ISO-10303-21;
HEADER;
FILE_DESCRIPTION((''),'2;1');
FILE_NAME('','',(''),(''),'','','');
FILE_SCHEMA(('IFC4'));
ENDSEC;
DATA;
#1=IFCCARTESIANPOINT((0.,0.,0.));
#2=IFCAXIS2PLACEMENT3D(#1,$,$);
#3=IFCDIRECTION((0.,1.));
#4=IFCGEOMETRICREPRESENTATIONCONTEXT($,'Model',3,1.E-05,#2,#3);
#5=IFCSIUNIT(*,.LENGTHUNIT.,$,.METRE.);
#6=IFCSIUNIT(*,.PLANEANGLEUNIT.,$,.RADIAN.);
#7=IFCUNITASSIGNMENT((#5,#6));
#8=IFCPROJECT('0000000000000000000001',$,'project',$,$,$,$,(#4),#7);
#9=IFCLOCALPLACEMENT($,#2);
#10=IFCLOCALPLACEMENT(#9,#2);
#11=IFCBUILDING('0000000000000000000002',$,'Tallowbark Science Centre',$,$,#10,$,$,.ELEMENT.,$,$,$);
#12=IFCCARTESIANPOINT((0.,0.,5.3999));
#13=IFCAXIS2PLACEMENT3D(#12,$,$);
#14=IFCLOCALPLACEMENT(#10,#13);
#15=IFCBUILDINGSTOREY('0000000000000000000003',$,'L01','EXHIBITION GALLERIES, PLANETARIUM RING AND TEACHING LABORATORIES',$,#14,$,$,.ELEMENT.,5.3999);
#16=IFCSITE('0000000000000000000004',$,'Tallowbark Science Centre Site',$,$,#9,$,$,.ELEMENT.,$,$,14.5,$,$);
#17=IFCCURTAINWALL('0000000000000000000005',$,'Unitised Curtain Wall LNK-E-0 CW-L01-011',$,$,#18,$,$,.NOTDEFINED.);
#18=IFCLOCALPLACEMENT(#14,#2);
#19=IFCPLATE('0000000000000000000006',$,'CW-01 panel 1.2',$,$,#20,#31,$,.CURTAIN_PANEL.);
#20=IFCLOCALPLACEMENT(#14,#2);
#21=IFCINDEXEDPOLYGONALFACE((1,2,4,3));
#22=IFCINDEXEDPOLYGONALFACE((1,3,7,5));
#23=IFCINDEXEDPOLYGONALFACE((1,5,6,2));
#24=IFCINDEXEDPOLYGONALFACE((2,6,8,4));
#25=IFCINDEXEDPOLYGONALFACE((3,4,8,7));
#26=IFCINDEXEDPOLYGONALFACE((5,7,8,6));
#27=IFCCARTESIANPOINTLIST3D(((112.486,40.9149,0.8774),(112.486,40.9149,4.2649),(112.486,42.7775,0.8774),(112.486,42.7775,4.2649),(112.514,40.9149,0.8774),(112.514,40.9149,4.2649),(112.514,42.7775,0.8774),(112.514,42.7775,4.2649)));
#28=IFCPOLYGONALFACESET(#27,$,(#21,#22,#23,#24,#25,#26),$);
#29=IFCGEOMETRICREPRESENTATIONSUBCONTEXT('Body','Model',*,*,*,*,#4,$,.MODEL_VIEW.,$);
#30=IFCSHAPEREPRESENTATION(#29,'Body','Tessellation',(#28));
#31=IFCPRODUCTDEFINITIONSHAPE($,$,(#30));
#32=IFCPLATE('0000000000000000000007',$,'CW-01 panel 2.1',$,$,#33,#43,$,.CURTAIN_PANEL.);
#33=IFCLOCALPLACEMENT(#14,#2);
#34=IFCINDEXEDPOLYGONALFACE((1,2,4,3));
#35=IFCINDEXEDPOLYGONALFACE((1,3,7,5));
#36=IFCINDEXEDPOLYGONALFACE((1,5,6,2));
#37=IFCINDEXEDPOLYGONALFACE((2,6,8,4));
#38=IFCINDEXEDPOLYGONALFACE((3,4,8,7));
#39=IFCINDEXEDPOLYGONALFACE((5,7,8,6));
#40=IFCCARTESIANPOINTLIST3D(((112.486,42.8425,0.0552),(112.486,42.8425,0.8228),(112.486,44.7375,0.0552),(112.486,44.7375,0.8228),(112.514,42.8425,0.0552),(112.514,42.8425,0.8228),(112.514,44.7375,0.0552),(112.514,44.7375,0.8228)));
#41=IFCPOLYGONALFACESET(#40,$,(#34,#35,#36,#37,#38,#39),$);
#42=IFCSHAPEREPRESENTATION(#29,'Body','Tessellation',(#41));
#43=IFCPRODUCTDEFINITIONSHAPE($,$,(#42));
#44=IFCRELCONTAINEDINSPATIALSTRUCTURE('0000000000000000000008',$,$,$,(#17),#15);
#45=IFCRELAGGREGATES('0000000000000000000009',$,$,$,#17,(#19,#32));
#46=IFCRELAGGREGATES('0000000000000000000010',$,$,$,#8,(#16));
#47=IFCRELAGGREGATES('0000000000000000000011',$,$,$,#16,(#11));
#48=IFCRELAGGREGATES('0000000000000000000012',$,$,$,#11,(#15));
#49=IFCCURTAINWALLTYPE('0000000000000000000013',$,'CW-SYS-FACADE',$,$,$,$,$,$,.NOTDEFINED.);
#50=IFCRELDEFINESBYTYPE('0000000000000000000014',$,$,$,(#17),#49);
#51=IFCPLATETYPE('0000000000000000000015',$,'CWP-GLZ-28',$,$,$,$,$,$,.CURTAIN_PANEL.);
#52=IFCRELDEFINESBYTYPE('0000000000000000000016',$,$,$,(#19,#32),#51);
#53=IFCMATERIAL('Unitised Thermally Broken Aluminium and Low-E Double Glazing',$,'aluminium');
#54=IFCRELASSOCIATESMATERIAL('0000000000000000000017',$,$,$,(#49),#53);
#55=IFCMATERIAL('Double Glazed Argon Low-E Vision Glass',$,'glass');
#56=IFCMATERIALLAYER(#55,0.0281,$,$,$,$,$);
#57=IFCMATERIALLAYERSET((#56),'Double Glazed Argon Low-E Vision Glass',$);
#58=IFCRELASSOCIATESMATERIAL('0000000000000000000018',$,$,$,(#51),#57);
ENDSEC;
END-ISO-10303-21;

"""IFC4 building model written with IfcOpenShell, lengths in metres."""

from ifc_helpers import new_model, si_unit, direction, frame, origin, origin_2d, place, context, subcontext, project, spatial, rectangle, extrude, material, layer, layer_set, type_object, element, aggregate, save


model = new_model("IFC4")

# Units and contexts
model_context = context("Model", 3, precision=1e-05, world=origin(), true_north=direction((0.0, 1.0)))
body_context = subcontext(model_context, "Body", "Model", "MODEL_VIEW")
ifc_project = project(units=[si_unit("LENGTHUNIT", "METRE"), si_unit("PLANEANGLEUNIT", "RADIAN")], contexts=[model_context])

# Site, building, storey
site_placement = place(None, origin())
site = spatial("IfcSite", under=ifc_project, at=site_placement, Name="Tallowbark Science Centre Site", CompositionType="ELEMENT", RefElevation=14.5)
building_placement = place(site_placement, origin())
building = spatial("IfcBuilding", under=site, at=building_placement, Name="Tallowbark Science Centre", CompositionType="ELEMENT")
storey_placement = place(building_placement, frame((0.0, 0.0, 5.3999)))
storey = spatial("IfcBuildingStorey", under=building, at=storey_placement, Name="L01", Description="EXHIBITION GALLERIES, PLANETARIUM RING AND TEACHING LABORATORIES", CompositionType="ELEMENT", Elevation=5.3999)

# Curtain wall
ifc_material_1 = material(Name="Unitised Thermally Broken Aluminium and Low-E Double Glazing", Category="aluminium")
curtain_wall_type = type_object("IfcCurtainWallType", Name="CW-SYS-FACADE", PredefinedType="NOTDEFINED", material=ifc_material_1)
curtain_wall_1_placement = place(storey_placement, origin())
curtain_wall_1 = element("IfcCurtainWall", 1, at=curtain_wall_1_placement, inside=storey, type_object=curtain_wall_type, Name="Unitised Curtain Wall LNK-E-0 CW-L01-011", PredefinedType="NOTDEFINED")

# Plates
ifc_material_2 = material(Name="Double Glazed Argon Low-E Vision Glass", Category="glass")
ifc_layer = layer(ifc_material_2, 0.0281)
ifc_layer_set = layer_set([ifc_layer], Name="Double Glazed Argon Low-E Vision Glass")
plate_type = type_object("IfcPlateType", Name="CWP-GLZ-28", PredefinedType="CURTAIN_PANEL", material=ifc_layer_set)
plate_1_placement = place(storey_placement, frame((112.5, 41.8462, 0.8774), z_axis=(0.0, 0.0, 1.0), x_axis=(0.0, 1.0, 0.0)))
plate_1 = element("IfcPlate", 2, at=plate_1_placement, type_object=plate_type, Name="CW-01 panel 1.2", PredefinedType="CURTAIN_PANEL", context=body_context, shape_type="SweptSolid", body=[
    extrude(rectangle(XDim=1.8625, YDim=0.0281, at=origin_2d()), origin(), (0.0, 0.0, 1.0), 3.3875),
])
plate_2_placement = place(storey_placement, frame((112.5, 43.79, 0.0552), z_axis=(0.0, 0.0, 1.0), x_axis=(0.0, 1.0, 0.0)))
plate_2 = element("IfcPlate", 3, at=plate_2_placement, type_object=plate_type, Name="CW-01 panel 2.1", PredefinedType="CURTAIN_PANEL", context=body_context, shape_type="SweptSolid", body=[
    extrude(rectangle(XDim=1.895, YDim=0.0281, at=origin_2d()), origin(), (0.0, 0.0, 1.0), 0.7676),
])
aggregate(curtain_wall_1, [plate_1, plate_2])

save(model, "model.ifc")
